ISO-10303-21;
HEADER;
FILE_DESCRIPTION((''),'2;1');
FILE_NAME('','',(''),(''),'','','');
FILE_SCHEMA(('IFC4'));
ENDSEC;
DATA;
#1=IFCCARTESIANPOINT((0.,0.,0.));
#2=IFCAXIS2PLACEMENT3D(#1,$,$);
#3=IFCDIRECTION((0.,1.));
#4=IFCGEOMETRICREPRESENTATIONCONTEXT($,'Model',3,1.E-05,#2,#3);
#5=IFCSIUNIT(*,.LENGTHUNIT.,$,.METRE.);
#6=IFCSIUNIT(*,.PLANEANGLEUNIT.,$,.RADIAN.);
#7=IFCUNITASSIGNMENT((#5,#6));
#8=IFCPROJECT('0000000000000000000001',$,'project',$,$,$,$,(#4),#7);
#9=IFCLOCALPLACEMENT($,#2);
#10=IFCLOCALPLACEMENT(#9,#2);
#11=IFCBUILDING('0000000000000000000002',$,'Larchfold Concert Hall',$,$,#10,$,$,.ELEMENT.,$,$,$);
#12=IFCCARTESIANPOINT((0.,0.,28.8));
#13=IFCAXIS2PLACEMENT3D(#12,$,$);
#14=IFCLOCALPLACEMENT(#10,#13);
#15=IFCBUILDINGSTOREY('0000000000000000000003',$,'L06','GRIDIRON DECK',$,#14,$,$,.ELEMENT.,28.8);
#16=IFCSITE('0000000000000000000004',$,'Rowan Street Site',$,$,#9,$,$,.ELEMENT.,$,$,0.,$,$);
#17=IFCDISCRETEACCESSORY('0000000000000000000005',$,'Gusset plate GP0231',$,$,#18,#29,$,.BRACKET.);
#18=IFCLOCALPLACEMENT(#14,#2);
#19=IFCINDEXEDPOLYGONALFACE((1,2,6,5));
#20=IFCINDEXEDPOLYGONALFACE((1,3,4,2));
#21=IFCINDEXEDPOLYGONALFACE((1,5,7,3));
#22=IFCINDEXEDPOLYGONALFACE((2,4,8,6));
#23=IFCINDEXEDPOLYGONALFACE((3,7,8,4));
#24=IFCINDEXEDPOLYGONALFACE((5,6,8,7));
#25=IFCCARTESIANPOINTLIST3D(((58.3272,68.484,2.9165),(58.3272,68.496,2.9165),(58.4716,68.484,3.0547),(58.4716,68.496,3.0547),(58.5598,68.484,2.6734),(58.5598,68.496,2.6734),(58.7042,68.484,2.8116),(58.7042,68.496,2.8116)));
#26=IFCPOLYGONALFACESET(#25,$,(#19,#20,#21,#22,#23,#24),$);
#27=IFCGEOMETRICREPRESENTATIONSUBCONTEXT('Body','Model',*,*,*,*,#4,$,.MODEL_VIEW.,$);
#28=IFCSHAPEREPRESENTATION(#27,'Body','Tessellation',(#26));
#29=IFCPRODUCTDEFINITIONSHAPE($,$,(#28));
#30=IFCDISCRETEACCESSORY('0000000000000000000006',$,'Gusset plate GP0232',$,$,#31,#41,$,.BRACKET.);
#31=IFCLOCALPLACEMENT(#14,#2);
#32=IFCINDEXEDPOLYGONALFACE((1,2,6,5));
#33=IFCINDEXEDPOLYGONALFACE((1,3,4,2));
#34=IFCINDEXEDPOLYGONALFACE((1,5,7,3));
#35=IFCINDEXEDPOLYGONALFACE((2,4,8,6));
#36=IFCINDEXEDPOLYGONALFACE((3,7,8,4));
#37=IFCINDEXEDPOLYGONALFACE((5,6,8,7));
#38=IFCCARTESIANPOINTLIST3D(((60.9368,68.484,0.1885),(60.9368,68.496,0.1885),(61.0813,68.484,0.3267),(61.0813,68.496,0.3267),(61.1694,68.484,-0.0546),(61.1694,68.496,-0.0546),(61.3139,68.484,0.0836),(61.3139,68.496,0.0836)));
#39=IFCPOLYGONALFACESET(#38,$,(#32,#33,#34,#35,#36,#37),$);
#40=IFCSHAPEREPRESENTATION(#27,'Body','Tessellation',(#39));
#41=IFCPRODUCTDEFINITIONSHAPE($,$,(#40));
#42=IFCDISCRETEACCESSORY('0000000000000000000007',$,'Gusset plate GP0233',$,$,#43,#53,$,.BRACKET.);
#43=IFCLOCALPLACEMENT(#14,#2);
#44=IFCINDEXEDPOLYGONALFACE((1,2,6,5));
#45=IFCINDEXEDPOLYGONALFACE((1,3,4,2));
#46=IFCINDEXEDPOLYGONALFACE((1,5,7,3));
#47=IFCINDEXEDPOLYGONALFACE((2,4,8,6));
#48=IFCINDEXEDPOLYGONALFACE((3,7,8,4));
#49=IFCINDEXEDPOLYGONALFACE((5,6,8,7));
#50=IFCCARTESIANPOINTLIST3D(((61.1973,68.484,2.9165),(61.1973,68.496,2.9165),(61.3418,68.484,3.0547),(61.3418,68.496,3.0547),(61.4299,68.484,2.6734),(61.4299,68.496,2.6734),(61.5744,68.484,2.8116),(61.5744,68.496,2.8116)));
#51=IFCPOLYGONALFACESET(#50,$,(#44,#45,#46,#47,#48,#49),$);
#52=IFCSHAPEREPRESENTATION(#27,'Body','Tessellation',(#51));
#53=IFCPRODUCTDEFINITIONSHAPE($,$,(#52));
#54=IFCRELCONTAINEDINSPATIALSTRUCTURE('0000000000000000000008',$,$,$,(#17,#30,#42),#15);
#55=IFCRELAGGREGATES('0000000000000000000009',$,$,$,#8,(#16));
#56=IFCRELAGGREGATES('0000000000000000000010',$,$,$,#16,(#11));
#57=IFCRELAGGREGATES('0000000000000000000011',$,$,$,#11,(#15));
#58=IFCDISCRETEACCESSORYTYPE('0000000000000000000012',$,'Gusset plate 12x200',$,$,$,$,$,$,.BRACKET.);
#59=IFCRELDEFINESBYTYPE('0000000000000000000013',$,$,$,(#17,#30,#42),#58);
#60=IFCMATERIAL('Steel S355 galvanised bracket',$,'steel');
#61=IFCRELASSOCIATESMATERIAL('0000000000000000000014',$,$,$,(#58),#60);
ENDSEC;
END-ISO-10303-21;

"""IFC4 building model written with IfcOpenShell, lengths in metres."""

from ifc_helpers import new_model, si_unit, direction, frame, origin, origin_2d, place, context, subcontext, project, spatial, rectangle, extrude, material, material_profile, profile_set, type_object, element, save


model = new_model("IFC4")

# Units and contexts
model_context = context("Model", 3, precision=1e-05, world=origin(), true_north=direction((0.0, 1.0)))
body_context = subcontext(model_context, "Body", "Model", "MODEL_VIEW")
ifc_project = project(units=[si_unit("LENGTHUNIT", "METRE"), si_unit("PLANEANGLEUNIT", "RADIAN")], contexts=[model_context])

# Site, building, storey
site_placement = place(None, origin())
site = spatial("IfcSite", under=ifc_project, at=site_placement, Name="Rowan Street Site", CompositionType="ELEMENT", RefElevation=0.0)
building_placement = place(site_placement, origin())
building = spatial("IfcBuilding", under=site, at=building_placement, Name="Larchfold Concert Hall", CompositionType="ELEMENT")
storey_placement = place(building_placement, frame((0.0, 0.0, 28.8)))
storey = spatial("IfcBuildingStorey", under=building, at=storey_placement, Name="L06", Description="GRIDIRON DECK", CompositionType="ELEMENT", Elevation=28.8)

# Discrete accessories
ifc_material_1 = material(Name="Steel S355 galvanised bracket", Category="steel")
ifc_material_profile_1 = material_profile(ifc_material_1, rectangle(XDim=0.012, YDim=0.2, at=origin_2d()))
ifc_profile_set_1 = profile_set([ifc_material_profile_1], Name="Steel S355 galvanised bracket")
discrete_accessory_type_1 = type_object("IfcDiscreteAccessoryType", Name="Gusset plate 12x200", PredefinedType="BRACKET", material=ifc_profile_set_1)
for number, where, z_axis, x_axis, name in (
    (1, (58.3994, 68.49, 2.9856), (0.691338, 0.0, -0.722532), (0.0, 1.0, 0.0), "Gusset plate GP0231"),
    (2, (61.009, 68.49, 0.2576), (0.691338, 0.0, -0.722532), (0.0, 1.0, 0.0), "Gusset plate GP0232"),
    (3, (61.2695, 68.49, 2.9856), (0.691338, 0.0, -0.722532), (0.0, 1.0, 0.0), "Gusset plate GP0233"),
):
    element("IfcDiscreteAccessory", number, at=place(storey_placement, frame(where, z_axis=z_axis, x_axis=x_axis)), inside=storey, type_object=discrete_accessory_type_1, Name=name, PredefinedType="BRACKET", context=body_context, shape_type="SweptSolid", body=[
        extrude(rectangle(XDim=0.012, YDim=0.2, at=origin_2d()), origin(), (0.0, 0.0, 1.0), 0.3364),
    ])

save(model, "model.ifc")
